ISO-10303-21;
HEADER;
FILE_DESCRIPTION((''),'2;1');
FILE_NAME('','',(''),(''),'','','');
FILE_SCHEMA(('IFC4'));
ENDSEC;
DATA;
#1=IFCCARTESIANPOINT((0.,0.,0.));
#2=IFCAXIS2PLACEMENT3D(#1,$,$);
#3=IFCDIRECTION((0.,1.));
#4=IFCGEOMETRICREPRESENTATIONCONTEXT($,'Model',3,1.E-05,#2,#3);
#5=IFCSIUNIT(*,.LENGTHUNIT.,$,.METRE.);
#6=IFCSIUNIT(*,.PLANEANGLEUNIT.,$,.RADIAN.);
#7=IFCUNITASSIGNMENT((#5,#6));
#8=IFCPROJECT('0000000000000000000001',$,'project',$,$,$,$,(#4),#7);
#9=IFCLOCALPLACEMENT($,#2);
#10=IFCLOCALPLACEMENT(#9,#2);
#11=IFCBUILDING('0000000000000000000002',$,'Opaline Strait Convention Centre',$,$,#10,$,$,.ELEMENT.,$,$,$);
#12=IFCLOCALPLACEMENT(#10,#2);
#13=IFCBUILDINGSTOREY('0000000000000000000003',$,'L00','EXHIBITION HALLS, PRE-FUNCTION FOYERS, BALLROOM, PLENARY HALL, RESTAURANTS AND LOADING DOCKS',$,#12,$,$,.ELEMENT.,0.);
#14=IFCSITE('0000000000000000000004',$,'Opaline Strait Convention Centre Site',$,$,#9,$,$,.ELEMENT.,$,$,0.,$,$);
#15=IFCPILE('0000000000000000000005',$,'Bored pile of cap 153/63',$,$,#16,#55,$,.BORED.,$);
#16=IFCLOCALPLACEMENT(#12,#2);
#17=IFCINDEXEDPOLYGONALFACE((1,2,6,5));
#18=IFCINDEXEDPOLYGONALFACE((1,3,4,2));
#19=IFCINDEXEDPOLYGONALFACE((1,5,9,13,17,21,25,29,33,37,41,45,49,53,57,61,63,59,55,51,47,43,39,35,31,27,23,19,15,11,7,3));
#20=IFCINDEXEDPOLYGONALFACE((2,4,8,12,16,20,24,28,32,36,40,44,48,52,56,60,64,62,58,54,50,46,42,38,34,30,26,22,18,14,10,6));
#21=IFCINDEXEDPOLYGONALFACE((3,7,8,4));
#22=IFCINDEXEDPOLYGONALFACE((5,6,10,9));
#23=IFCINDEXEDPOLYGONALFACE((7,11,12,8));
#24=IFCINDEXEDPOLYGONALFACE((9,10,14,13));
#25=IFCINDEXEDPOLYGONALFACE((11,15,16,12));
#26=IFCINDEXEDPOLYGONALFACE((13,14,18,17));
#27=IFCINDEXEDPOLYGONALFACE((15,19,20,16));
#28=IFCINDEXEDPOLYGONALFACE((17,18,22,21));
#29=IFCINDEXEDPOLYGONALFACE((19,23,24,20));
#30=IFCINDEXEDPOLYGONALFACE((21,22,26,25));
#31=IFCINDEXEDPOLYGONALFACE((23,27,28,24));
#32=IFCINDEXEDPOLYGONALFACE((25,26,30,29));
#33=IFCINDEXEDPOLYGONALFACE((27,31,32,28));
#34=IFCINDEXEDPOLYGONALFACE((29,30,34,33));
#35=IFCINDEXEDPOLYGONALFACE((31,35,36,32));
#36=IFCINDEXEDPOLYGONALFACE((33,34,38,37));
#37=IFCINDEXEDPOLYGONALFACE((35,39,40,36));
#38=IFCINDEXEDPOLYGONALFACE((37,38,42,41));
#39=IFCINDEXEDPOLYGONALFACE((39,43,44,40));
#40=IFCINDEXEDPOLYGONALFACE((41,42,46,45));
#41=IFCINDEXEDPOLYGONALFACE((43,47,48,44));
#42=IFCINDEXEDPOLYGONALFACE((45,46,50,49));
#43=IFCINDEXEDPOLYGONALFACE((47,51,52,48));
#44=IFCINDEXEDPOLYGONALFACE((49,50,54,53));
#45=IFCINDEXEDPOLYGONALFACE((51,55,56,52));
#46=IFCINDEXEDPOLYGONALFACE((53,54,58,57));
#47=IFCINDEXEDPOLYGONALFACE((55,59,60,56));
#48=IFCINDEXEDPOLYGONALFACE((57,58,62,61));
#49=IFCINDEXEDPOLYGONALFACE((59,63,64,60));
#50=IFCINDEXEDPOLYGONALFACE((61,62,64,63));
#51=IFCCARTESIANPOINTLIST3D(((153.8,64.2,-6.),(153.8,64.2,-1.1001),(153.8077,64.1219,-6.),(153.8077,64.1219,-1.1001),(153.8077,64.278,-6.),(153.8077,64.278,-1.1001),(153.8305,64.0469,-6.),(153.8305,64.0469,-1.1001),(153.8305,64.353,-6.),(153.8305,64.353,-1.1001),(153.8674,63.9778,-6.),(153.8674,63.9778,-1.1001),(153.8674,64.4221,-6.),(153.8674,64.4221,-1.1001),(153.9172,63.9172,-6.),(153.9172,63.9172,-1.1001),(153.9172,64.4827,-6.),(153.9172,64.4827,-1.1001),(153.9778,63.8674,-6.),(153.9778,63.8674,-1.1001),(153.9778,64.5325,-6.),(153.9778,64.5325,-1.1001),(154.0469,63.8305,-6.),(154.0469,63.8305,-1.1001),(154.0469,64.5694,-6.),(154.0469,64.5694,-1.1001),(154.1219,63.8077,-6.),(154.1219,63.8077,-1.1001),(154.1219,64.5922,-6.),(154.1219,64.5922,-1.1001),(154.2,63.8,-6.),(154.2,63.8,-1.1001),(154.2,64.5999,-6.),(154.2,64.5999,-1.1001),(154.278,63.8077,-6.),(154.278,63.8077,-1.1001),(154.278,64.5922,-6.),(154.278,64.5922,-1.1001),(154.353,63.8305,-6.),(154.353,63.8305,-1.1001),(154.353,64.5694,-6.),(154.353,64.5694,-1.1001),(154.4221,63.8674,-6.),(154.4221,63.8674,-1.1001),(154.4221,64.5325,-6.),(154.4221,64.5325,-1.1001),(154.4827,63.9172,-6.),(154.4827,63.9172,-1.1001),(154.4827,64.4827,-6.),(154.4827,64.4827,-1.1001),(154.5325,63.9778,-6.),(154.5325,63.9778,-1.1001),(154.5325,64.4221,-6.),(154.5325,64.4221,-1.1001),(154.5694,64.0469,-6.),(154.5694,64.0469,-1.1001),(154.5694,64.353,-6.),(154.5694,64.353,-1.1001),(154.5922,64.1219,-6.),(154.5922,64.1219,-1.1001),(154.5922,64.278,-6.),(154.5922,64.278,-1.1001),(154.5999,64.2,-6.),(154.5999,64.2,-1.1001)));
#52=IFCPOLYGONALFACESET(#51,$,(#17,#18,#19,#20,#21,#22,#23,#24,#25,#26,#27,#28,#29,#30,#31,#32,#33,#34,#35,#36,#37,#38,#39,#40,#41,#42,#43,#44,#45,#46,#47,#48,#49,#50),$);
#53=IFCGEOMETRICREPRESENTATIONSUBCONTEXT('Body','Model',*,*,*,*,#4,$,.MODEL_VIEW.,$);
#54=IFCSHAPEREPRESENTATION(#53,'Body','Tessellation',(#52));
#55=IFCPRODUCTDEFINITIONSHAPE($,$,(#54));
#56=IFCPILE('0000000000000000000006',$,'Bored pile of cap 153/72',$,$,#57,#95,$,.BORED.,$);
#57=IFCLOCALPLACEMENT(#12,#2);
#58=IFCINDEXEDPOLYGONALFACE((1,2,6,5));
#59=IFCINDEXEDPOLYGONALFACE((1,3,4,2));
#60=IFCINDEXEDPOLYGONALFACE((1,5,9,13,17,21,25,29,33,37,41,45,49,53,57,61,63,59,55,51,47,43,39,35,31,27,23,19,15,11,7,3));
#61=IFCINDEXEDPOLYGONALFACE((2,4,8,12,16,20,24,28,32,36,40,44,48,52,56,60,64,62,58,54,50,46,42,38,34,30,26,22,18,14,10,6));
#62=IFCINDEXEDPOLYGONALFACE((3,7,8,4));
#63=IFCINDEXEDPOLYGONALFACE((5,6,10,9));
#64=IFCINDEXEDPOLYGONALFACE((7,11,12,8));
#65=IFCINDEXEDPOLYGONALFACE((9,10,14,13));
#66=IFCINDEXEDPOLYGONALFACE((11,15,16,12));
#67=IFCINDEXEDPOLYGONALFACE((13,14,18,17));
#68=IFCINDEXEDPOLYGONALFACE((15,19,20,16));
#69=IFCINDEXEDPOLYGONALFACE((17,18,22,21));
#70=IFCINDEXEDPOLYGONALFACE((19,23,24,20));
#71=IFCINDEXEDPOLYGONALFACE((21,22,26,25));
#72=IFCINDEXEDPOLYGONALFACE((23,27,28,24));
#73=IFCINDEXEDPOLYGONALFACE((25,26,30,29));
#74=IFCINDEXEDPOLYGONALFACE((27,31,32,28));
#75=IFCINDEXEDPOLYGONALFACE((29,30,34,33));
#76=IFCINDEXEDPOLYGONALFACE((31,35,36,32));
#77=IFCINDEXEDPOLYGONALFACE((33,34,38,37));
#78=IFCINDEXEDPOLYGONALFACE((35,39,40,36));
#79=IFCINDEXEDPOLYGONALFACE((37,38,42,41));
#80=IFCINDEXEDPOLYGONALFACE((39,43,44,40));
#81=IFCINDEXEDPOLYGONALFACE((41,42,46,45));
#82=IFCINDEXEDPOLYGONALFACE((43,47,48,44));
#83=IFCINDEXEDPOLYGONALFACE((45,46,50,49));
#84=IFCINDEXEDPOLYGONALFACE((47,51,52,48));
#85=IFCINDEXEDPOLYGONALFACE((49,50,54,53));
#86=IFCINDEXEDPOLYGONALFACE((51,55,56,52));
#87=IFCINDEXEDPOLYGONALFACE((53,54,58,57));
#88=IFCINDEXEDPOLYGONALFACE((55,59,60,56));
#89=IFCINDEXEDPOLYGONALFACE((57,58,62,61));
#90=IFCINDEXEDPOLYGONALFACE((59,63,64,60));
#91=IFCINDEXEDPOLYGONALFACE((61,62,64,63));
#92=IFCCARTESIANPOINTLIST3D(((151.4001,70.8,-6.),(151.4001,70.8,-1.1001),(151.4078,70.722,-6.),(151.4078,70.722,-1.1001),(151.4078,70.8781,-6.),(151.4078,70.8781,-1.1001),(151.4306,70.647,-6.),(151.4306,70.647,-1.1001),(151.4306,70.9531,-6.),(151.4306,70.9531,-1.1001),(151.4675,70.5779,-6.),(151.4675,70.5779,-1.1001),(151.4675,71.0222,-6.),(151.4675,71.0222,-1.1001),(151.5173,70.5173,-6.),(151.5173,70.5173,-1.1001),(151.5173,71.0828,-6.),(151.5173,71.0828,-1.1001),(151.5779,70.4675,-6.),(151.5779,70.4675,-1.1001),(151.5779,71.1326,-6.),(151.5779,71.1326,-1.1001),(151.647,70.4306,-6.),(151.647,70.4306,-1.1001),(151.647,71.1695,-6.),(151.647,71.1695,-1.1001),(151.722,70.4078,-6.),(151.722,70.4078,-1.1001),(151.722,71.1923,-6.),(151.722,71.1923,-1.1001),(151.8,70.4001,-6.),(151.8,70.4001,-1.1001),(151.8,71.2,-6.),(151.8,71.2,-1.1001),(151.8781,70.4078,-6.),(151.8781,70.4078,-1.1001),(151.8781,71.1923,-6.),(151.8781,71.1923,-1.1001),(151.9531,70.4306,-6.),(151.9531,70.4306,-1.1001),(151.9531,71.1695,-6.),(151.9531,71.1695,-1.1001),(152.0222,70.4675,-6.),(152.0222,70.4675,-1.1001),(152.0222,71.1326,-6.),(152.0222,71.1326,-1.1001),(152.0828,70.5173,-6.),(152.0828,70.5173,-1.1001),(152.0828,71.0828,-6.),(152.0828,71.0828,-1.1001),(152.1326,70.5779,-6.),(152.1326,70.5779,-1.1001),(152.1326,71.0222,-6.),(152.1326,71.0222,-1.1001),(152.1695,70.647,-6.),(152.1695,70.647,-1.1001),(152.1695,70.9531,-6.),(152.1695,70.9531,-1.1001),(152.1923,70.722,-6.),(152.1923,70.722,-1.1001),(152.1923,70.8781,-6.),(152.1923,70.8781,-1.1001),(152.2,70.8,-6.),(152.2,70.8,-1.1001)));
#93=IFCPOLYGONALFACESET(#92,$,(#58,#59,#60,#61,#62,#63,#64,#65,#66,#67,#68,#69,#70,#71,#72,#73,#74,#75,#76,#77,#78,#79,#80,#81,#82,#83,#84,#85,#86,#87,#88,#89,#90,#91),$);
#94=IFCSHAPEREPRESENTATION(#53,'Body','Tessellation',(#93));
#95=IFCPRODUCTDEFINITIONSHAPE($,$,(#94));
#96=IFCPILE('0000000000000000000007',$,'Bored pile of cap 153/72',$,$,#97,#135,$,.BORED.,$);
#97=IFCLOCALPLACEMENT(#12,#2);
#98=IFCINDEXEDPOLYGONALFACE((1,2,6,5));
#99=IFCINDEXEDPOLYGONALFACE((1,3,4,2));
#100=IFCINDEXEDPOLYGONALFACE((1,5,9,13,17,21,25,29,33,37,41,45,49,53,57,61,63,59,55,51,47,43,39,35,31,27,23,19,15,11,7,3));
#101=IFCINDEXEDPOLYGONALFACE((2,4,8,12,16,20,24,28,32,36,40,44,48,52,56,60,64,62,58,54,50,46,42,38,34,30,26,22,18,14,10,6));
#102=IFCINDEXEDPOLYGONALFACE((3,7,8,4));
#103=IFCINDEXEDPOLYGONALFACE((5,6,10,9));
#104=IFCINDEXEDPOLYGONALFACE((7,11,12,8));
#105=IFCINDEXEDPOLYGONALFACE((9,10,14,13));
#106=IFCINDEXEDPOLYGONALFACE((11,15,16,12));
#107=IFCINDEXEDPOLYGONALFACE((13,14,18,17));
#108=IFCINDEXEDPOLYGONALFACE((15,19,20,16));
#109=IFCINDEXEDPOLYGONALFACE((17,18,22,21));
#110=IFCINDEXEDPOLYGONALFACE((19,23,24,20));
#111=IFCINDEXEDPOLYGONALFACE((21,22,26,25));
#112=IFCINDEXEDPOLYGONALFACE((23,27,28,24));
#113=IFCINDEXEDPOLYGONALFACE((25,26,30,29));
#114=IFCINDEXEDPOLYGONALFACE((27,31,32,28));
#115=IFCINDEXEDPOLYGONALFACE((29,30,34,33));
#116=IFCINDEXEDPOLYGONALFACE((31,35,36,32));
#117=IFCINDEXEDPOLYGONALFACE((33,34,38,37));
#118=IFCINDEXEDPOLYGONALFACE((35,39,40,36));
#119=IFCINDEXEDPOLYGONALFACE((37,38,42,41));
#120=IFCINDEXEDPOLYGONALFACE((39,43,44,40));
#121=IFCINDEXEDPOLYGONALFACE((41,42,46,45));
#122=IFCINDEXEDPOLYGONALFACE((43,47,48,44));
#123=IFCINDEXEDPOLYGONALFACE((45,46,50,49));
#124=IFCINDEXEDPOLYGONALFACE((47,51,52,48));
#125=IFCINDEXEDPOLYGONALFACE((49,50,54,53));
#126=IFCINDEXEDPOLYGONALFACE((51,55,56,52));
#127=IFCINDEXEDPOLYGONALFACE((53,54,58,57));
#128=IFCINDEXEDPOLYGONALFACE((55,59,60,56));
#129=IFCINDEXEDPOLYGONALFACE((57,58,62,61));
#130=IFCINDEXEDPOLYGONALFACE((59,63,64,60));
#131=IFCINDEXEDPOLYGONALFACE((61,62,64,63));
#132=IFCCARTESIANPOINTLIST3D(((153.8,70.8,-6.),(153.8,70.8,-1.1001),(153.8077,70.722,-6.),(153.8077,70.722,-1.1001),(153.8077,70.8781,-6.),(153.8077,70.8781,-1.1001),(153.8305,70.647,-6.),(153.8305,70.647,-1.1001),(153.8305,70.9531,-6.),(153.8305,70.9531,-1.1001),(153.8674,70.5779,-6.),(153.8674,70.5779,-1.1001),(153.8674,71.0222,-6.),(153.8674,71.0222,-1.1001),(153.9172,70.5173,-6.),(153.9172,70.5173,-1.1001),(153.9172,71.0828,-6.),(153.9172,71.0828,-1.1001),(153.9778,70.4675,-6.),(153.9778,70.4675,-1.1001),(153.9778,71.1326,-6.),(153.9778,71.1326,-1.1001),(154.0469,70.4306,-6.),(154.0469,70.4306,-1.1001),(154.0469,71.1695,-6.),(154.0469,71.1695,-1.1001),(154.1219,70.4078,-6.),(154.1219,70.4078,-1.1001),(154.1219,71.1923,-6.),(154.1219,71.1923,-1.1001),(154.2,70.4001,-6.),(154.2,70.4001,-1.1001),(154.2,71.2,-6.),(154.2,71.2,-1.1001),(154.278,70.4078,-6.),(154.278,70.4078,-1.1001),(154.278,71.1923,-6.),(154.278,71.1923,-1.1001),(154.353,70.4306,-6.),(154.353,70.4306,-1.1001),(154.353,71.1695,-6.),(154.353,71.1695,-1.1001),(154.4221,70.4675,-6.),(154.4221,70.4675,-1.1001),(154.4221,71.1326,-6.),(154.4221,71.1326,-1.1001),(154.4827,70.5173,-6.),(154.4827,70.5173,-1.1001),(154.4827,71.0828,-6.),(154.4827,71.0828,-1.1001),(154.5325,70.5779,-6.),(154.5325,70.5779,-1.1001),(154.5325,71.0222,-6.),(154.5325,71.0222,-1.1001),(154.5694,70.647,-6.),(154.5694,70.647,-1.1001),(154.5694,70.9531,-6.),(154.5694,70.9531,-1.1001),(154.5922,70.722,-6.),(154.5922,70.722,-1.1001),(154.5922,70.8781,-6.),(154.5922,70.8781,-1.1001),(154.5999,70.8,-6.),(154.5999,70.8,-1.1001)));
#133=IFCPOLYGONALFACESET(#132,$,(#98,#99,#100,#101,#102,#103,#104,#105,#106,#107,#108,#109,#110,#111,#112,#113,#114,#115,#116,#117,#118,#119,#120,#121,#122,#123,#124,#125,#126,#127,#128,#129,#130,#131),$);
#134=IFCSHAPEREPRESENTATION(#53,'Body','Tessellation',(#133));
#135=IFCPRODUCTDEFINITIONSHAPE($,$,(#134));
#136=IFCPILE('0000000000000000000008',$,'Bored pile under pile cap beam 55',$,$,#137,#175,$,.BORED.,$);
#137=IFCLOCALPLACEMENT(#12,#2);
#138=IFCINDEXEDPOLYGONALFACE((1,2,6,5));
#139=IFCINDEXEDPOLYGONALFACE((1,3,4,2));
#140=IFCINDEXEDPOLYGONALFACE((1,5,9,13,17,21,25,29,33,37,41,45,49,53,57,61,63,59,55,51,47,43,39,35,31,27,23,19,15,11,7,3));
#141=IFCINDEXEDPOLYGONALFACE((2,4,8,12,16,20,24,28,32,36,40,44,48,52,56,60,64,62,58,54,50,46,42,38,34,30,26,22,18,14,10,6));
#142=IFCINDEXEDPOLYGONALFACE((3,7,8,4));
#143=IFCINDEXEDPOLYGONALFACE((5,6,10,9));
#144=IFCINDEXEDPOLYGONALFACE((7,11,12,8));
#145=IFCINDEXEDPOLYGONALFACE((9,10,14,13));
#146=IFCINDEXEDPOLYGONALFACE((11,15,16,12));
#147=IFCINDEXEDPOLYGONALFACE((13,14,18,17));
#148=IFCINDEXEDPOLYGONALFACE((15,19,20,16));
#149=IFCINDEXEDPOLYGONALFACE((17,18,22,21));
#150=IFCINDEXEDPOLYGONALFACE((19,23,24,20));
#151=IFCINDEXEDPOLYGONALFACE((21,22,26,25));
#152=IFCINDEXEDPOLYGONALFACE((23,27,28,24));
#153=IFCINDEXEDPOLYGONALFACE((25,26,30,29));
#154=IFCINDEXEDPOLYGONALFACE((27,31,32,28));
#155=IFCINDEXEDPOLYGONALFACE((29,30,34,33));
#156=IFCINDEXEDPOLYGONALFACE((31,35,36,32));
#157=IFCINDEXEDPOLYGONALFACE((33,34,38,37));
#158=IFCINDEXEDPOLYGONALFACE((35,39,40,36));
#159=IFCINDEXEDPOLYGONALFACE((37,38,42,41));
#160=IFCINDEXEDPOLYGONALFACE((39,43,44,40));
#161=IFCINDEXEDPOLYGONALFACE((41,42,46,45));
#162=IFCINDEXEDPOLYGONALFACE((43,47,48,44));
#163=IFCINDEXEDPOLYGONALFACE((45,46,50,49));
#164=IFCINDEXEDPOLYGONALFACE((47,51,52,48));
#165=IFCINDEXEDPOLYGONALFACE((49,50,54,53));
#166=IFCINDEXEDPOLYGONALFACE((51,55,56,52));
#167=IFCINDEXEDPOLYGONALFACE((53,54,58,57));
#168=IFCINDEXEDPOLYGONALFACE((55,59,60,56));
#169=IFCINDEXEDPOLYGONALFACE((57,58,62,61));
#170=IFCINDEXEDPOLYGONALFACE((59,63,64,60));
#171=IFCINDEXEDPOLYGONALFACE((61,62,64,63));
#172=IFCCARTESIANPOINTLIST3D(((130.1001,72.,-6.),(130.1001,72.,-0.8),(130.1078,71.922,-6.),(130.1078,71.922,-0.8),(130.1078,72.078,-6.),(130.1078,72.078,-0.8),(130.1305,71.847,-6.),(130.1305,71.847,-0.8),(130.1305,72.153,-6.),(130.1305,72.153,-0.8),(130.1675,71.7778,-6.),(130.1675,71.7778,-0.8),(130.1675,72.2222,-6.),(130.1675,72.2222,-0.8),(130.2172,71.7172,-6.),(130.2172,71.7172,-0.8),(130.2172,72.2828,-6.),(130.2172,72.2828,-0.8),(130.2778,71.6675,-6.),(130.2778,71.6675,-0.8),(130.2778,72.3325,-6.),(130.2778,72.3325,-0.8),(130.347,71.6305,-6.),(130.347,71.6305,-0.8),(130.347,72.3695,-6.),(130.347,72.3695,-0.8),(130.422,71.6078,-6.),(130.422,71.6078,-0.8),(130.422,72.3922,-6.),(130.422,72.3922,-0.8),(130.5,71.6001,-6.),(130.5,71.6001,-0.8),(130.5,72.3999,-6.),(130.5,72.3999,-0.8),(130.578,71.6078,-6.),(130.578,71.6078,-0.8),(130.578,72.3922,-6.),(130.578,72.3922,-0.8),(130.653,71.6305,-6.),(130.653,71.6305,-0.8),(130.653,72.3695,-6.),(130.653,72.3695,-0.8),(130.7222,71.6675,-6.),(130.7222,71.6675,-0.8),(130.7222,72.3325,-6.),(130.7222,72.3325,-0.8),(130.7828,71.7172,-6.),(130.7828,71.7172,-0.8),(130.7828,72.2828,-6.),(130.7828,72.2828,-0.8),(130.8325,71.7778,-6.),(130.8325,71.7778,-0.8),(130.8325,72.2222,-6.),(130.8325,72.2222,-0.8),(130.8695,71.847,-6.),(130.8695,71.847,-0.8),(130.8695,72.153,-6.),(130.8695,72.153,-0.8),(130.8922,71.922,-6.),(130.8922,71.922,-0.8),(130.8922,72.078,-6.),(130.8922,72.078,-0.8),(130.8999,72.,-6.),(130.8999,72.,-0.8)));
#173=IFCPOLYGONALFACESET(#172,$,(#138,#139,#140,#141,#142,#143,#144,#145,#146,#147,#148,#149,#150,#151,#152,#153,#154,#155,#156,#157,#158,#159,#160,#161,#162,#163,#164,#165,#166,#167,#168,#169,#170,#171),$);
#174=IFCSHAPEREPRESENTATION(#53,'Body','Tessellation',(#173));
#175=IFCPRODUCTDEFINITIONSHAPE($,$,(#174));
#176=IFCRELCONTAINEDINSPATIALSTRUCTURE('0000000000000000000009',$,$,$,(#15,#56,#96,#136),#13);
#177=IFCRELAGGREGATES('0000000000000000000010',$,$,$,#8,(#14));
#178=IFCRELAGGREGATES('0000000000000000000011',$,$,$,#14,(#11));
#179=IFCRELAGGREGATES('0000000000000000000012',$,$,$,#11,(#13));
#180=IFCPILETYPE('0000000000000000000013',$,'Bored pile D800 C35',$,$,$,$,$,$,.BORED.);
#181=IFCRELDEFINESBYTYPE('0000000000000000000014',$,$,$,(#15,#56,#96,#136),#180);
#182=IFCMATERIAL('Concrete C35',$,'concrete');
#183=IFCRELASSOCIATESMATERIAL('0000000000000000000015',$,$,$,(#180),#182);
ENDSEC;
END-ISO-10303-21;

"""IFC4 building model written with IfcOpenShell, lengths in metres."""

from ifc_helpers import new_model, si_unit, direction, frame, origin, origin_2d, place, context, subcontext, project, spatial, circle, extrude, material, material_profile, profile_set, type_object, element, save


model = new_model("IFC4")

# Units and contexts
model_context = context("Model", 3, precision=1e-05, world=origin(), true_north=direction((0.0, 1.0)))
body_context = subcontext(model_context, "Body", "Model", "MODEL_VIEW")
ifc_project = project(units=[si_unit("LENGTHUNIT", "METRE"), si_unit("PLANEANGLEUNIT", "RADIAN")], contexts=[model_context])

# Site, building, storey
site_placement = place(None, origin())
site = spatial("IfcSite", under=ifc_project, at=site_placement, Name="Opaline Strait Convention Centre Site", CompositionType="ELEMENT", RefElevation=0.0)
building_placement = place(site_placement, origin())
building = spatial("IfcBuilding", under=site, at=building_placement, Name="Opaline Strait Convention Centre", CompositionType="ELEMENT")
storey_placement = place(building_placement, origin())
storey = spatial("IfcBuildingStorey", under=building, at=storey_placement, Name="L00", Description="EXHIBITION HALLS, PRE-FUNCTION FOYERS, BALLROOM, PLENARY HALL, RESTAURANTS AND LOADING DOCKS", CompositionType="ELEMENT", Elevation=0.0)

# Piles
ifc_material_1 = material(Name="Concrete C35", Category="concrete")
ifc_material_profile_1 = material_profile(ifc_material_1, circle(Radius=0.3999, at=origin_2d()), Name="D800")
ifc_profile_set_1 = profile_set([ifc_material_profile_1], Name="Concrete C35")
pile_type = type_object("IfcPileType", Name="Bored pile D800 C35", PredefinedType="BORED", material=ifc_profile_set_1)
for number, where, z_axis, x_axis, name in (
    (1, (154.2, 64.2, -1.1001), (0.0, 0.0, -1.0), (1.0, 0.0, 0.0), "Bored pile of cap 153/63"),
    (2, (151.8, 70.8, -1.1001), (0.0, 0.0, -1.0), (1.0, 0.0, 0.0), "Bored pile of cap 153/72"),
    (3, (154.2, 70.8, -1.1001), (0.0, 0.0, -1.0), (1.0, 0.0, 0.0), "Bored pile of cap 153/72"),
):
    element("IfcPile", number, at=place(storey_placement, frame(where, z_axis=z_axis, x_axis=x_axis)), inside=storey, type_object=pile_type, Name=name, PredefinedType="BORED", context=body_context, shape_type="SweptSolid", body=[
        extrude(circle(Radius=0.3999, at=origin_2d()), origin(), (0.0, 0.0, 1.0), 4.8999),
    ])
for number, where, z_axis, x_axis, name in (
    (4, (130.5, 72.0, -0.8), (0.0, 0.0, -1.0), (1.0, 0.0, 0.0), "Bored pile under pile cap beam 55"),
):
    element("IfcPile", number, at=place(storey_placement, frame(where, z_axis=z_axis, x_axis=x_axis)), inside=storey, type_object=pile_type, Name=name, PredefinedType="BORED", context=body_context, shape_type="SweptSolid", body=[
        extrude(circle(Radius=0.3999, at=origin_2d()), origin(), (0.0, 0.0, 1.0), 5.2),
    ])

save(model, "model.ifc")
